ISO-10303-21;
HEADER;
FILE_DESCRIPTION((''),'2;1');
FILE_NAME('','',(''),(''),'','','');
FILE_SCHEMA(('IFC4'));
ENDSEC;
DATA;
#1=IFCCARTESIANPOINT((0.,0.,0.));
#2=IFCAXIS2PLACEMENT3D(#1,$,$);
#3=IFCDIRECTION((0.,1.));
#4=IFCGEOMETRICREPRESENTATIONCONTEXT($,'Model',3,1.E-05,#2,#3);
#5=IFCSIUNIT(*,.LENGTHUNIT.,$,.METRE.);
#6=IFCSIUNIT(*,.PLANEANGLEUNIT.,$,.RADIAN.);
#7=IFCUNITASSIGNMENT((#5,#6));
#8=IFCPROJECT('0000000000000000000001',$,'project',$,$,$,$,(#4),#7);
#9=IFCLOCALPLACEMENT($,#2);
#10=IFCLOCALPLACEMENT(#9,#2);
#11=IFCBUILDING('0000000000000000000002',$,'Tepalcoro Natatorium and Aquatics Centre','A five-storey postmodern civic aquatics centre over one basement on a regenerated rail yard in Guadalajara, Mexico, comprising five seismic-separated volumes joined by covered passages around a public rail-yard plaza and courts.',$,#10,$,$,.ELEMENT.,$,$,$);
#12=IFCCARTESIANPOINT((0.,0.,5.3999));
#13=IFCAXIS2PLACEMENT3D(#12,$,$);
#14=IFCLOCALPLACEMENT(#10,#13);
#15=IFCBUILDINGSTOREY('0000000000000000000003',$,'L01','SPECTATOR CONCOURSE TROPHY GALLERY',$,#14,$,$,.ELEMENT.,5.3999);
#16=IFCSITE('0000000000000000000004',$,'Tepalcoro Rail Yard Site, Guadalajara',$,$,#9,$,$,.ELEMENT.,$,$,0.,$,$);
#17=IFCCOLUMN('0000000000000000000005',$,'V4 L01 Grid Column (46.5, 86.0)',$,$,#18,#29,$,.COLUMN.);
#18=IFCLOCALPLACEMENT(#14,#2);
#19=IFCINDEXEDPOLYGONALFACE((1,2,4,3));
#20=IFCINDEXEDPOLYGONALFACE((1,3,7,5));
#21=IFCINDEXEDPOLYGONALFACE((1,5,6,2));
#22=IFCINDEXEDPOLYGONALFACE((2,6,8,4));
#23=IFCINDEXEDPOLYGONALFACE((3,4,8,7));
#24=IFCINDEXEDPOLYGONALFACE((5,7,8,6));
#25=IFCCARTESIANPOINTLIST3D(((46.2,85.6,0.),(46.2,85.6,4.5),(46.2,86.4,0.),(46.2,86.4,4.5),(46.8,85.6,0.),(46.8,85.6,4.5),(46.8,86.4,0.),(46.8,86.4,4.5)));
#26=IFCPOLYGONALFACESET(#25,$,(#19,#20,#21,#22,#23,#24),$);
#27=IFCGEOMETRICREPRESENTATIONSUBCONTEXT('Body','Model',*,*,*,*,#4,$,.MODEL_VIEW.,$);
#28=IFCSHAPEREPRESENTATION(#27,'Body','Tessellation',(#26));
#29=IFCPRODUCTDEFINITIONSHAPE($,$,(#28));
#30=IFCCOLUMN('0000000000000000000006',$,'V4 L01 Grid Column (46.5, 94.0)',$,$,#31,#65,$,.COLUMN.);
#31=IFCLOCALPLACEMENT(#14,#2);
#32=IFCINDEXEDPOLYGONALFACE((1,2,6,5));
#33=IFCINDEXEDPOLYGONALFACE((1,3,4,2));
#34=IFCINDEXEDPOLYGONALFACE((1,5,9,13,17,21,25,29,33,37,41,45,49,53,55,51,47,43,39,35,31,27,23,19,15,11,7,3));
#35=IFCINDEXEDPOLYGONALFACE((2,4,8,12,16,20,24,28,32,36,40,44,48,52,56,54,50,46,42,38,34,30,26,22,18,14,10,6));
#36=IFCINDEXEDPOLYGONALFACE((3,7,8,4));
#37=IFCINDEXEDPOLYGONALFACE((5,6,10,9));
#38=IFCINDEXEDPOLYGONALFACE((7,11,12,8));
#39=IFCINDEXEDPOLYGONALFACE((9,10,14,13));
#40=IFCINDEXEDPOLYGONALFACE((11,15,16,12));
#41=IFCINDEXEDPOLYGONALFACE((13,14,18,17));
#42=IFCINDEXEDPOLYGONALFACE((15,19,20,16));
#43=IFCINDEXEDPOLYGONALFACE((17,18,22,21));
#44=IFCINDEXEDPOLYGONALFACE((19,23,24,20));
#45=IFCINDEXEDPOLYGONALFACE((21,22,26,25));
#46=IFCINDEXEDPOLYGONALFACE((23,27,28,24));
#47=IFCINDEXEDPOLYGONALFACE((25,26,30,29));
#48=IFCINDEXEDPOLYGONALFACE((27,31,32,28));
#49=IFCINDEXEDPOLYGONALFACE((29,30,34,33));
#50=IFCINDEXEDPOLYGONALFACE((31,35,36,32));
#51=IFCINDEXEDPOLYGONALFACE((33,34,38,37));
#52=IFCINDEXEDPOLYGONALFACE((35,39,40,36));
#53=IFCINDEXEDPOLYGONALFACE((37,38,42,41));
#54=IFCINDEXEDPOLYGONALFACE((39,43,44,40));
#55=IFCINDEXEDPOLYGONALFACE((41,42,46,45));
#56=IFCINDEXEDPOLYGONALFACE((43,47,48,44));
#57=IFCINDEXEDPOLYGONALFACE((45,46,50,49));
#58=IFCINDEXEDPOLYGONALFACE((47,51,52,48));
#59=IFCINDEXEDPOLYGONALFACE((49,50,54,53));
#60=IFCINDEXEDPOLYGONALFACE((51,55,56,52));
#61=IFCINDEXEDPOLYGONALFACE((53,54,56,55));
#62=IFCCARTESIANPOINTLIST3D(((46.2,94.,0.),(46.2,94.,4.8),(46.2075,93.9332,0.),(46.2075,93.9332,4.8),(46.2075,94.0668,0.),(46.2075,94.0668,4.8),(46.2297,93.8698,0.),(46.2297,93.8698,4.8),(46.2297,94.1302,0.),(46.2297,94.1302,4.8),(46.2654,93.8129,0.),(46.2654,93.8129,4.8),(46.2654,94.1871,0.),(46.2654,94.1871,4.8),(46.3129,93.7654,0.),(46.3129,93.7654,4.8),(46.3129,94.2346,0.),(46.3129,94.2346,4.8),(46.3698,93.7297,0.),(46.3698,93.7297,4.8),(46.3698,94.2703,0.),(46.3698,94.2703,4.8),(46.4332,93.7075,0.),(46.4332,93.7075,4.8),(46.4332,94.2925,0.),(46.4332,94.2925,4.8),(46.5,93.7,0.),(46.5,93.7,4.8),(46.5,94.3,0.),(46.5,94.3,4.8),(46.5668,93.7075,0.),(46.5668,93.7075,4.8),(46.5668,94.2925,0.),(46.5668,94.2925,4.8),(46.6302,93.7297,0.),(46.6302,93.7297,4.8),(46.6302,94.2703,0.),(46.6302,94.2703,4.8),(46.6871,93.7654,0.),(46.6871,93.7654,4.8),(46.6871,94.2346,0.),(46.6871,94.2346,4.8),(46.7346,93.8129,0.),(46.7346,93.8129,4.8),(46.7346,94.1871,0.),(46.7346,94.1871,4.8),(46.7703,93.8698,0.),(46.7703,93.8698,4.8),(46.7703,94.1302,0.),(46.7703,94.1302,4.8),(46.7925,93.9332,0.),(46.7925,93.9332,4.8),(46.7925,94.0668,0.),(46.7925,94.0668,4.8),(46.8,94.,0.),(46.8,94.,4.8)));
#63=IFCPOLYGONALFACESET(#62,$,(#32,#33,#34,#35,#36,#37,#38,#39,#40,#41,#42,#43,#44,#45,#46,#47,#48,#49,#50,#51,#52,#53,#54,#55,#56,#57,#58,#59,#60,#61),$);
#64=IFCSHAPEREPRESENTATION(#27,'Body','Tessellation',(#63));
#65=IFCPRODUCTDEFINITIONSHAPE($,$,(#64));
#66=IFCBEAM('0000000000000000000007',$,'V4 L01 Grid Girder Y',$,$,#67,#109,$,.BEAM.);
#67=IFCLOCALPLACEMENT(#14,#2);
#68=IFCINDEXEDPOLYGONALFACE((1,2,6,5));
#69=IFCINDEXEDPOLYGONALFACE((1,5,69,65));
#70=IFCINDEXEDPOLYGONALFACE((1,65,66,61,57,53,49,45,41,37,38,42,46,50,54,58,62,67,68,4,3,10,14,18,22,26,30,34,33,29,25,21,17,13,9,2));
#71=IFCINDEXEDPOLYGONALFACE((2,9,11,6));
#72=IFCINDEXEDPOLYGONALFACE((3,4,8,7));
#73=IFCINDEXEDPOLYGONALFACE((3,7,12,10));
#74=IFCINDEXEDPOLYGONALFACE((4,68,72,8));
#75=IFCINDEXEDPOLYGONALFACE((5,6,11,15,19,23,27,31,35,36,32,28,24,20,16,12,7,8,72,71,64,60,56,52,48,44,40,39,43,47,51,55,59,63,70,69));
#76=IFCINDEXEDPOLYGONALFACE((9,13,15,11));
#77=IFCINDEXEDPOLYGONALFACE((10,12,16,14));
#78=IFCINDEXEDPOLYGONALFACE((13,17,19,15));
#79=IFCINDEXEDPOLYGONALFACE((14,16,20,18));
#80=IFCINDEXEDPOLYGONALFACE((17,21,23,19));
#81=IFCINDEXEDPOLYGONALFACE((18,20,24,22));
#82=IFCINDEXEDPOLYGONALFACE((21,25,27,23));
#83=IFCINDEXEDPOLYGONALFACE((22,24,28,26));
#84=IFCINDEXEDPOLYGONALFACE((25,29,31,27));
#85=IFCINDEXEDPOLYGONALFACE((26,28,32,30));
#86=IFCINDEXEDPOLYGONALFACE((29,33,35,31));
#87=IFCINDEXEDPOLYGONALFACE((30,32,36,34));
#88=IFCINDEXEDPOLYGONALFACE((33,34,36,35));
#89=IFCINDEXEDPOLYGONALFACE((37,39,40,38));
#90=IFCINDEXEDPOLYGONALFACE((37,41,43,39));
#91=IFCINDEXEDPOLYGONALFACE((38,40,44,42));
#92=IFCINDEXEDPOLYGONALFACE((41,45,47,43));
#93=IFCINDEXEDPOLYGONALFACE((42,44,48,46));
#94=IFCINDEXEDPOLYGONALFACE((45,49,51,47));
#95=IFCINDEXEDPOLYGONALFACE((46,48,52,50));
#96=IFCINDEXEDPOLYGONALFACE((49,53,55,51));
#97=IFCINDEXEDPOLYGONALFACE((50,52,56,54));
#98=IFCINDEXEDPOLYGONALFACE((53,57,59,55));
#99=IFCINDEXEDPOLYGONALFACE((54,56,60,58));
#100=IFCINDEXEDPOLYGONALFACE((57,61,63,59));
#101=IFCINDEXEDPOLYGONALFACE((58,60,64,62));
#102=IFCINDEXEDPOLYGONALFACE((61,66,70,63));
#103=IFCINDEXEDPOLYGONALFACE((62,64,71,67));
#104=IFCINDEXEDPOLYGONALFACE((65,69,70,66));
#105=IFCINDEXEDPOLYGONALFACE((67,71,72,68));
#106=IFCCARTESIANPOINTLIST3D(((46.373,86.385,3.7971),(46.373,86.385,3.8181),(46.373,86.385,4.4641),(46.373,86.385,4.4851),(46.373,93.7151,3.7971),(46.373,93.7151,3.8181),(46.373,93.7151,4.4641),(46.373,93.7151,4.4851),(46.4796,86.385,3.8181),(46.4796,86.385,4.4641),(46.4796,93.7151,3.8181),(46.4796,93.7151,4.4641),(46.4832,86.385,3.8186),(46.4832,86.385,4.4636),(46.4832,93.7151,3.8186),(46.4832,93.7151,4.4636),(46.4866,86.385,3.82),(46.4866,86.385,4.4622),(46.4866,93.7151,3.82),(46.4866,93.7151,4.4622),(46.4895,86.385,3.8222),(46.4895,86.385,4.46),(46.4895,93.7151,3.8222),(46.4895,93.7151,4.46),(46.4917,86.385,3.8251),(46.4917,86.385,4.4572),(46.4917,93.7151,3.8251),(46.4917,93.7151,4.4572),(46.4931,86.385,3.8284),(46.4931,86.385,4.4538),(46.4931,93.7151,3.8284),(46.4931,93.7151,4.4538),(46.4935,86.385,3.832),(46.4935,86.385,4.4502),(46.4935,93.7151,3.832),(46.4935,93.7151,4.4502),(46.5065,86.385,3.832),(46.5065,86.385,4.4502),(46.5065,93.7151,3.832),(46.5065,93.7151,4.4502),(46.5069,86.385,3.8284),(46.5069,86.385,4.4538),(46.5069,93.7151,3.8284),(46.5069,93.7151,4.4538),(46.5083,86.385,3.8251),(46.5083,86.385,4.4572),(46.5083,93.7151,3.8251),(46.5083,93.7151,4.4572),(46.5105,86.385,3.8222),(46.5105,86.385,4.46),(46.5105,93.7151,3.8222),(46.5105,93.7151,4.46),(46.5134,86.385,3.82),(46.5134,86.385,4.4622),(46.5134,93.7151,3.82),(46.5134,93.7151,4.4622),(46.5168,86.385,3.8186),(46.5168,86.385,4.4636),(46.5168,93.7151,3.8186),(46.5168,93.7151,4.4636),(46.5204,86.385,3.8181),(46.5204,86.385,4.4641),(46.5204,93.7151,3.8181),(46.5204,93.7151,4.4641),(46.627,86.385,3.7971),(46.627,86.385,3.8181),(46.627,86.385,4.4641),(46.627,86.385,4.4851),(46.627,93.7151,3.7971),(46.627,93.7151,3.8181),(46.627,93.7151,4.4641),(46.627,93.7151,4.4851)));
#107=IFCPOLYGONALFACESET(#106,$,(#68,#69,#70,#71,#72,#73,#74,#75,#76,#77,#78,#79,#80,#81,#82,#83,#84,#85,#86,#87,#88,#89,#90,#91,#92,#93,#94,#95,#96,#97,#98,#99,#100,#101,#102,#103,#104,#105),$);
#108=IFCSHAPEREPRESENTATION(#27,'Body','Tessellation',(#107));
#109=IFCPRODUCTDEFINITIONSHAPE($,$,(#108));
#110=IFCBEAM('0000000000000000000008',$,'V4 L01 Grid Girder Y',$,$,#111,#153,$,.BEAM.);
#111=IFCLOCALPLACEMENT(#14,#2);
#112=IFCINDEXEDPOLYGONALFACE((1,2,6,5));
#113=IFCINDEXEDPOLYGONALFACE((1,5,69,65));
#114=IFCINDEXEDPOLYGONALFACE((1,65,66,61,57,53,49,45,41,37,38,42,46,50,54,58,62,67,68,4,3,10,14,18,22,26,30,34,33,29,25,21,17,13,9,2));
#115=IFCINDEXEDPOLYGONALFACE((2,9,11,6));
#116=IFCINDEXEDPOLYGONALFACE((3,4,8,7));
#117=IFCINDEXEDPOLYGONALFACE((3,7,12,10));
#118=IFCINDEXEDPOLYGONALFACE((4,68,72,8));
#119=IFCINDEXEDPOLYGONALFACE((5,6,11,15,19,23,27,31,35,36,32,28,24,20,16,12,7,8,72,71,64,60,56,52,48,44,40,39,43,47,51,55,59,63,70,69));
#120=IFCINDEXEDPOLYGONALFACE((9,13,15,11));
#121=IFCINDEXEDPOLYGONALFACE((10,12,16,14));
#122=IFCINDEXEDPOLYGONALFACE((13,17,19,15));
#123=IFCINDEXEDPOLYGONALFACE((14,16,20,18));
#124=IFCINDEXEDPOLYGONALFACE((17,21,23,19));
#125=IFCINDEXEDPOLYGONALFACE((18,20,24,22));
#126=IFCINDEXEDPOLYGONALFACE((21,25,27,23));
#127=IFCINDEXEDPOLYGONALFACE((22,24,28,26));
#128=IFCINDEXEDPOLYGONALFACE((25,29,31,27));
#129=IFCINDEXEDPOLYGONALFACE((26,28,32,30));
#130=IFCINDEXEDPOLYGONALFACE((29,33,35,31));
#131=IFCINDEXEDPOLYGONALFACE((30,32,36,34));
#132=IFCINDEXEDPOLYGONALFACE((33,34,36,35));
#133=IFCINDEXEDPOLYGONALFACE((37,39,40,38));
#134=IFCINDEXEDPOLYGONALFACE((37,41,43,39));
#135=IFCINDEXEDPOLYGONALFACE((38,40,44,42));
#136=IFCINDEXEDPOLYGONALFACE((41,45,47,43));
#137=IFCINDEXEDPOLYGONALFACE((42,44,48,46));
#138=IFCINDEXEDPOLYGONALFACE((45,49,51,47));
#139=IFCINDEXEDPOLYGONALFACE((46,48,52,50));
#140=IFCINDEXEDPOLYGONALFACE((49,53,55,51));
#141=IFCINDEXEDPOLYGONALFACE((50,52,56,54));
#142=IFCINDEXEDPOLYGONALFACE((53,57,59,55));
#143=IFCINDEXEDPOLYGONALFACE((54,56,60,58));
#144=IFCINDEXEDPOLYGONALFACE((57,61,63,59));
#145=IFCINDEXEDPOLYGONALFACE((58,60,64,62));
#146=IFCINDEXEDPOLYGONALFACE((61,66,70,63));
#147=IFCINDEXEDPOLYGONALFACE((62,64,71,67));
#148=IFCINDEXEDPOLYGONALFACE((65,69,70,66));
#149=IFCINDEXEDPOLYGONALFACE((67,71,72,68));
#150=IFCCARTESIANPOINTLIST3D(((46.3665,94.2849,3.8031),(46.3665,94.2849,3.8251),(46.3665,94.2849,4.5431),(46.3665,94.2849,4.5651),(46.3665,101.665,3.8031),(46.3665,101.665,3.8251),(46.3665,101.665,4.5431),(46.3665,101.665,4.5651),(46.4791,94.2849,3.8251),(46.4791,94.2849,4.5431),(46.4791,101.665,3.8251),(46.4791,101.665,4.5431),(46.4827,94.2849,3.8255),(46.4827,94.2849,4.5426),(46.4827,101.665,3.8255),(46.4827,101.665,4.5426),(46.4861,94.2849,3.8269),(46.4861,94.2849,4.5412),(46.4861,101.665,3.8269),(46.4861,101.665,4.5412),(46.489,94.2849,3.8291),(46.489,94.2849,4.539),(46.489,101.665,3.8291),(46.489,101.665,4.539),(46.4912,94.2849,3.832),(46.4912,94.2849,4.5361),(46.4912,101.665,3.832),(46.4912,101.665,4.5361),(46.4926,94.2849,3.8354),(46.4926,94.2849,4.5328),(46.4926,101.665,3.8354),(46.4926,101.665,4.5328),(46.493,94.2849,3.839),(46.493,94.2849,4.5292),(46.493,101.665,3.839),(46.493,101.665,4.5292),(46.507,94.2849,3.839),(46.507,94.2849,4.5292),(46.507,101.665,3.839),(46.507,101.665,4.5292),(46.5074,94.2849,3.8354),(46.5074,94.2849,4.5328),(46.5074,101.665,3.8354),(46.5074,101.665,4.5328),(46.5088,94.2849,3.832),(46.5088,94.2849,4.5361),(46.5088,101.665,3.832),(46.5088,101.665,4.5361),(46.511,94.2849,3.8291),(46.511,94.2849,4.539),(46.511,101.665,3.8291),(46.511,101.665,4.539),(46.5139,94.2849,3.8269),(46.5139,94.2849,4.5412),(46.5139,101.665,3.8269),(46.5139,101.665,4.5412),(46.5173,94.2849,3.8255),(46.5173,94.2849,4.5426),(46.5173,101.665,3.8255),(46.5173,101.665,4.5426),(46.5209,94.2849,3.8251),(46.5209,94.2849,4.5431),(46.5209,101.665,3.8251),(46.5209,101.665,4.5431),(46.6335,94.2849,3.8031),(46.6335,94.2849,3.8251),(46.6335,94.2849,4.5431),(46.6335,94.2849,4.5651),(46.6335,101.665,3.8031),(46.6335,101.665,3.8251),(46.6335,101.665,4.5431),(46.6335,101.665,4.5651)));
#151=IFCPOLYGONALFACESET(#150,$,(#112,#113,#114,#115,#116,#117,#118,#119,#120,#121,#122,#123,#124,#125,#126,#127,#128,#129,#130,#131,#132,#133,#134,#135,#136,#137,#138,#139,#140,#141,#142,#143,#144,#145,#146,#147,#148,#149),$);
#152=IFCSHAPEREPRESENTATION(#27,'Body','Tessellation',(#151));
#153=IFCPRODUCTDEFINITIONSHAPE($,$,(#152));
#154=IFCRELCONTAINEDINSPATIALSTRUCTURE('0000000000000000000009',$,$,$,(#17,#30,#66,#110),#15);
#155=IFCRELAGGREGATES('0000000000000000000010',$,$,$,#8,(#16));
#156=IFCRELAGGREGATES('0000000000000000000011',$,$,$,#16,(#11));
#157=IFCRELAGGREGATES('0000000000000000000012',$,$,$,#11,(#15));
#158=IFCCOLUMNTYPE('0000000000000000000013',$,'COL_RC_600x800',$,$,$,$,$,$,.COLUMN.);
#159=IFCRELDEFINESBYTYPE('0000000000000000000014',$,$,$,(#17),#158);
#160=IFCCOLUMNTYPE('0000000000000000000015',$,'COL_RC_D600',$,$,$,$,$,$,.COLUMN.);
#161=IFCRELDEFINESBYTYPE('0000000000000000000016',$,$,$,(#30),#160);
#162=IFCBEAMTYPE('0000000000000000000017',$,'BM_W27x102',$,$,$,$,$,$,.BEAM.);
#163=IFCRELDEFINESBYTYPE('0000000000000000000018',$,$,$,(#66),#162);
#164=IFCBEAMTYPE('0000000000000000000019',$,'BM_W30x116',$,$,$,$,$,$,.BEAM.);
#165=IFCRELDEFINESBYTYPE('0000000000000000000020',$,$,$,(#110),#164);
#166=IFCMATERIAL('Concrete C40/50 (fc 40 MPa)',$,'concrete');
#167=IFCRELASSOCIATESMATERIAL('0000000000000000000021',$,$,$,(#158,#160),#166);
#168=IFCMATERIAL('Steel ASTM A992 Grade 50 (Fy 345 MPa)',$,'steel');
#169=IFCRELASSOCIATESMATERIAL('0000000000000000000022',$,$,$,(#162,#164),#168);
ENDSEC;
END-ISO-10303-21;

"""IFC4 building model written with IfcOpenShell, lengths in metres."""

from ifc_helpers import new_model, si_unit, direction, frame, origin, origin_2d, place, context, subcontext, project, spatial, rectangle, circle, i_section, extrude, material, material_profile, profile_set, type_object, element, save


model = new_model("IFC4")

# Units and contexts
model_context = context("Model", 3, precision=1e-05, world=origin(), true_north=direction((0.0, 1.0)))
body_context = subcontext(model_context, "Body", "Model", "MODEL_VIEW")
ifc_project = project(units=[si_unit("LENGTHUNIT", "METRE"), si_unit("PLANEANGLEUNIT", "RADIAN")], contexts=[model_context])

# Site, building, storey
site_placement = place(None, origin())
site = spatial("IfcSite", under=ifc_project, at=site_placement, Name="Tepalcoro Rail Yard Site, Guadalajara", CompositionType="ELEMENT", RefElevation=0.0)
building_placement = place(site_placement, origin())
building = spatial("IfcBuilding", under=site, at=building_placement, Name="Tepalcoro Natatorium and Aquatics Centre", Description="A five-storey postmodern civic aquatics centre over one basement on a regenerated rail yard in Guadalajara, Mexico, comprising five seismic-separated volumes joined by covered passages around a public rail-yard plaza and courts.", CompositionType="ELEMENT")
storey_placement = place(building_placement, frame((0.0, 0.0, 5.3999)))
storey = spatial("IfcBuildingStorey", under=building, at=storey_placement, Name="L01", Description="SPECTATOR CONCOURSE TROPHY GALLERY", CompositionType="ELEMENT", Elevation=5.3999)

# Columns
ifc_material_1 = material(Name="Concrete C40/50 (fc 40 MPa)", Category="concrete")
ifc_material_profile_1 = material_profile(ifc_material_1, rectangle(XDim=0.6001, YDim=0.8, at=origin_2d()), Name="RC600x800")
ifc_profile_set_1 = profile_set([ifc_material_profile_1], Name="Concrete C40/50 (fc 40 MPa)")
column_type_1 = type_object("IfcColumnType", Name="COL_RC_600x800", PredefinedType="COLUMN", material=ifc_profile_set_1)
column_1_placement = place(storey_placement, frame((46.5, 86.0, 0.0), z_axis=(0.0, 0.0, 1.0), x_axis=(1.0, 0.0, 0.0)))
element("IfcColumn", 1, at=column_1_placement, inside=storey, type_object=column_type_1, Name="V4 L01 Grid Column (46.5, 86.0)", PredefinedType="COLUMN", context=body_context, shape_type="SweptSolid", body=[
    extrude(rectangle(XDim=0.6001, YDim=0.8, at=origin_2d()), origin(), (0.0, 0.0, 1.0), 4.5),
])
ifc_material_profile_2 = material_profile(ifc_material_1, circle(Radius=0.3, at=origin_2d()), Name="RCD600")
ifc_profile_set_2 = profile_set([ifc_material_profile_2], Name="Concrete C40/50 (fc 40 MPa)")
column_type_2 = type_object("IfcColumnType", Name="COL_RC_D600", PredefinedType="COLUMN", material=ifc_profile_set_2)
column_2_placement = place(storey_placement, frame((46.5, 94.0, 0.0), z_axis=(0.0, 0.0, 1.0), x_axis=(1.0, 0.0, 0.0)))
element("IfcColumn", 2, at=column_2_placement, inside=storey, type_object=column_type_2, Name="V4 L01 Grid Column (46.5, 94.0)", PredefinedType="COLUMN", context=body_context, shape_type="SweptSolid", body=[
    extrude(circle(Radius=0.3, at=origin_2d()), origin(), (0.0, 0.0, 1.0), 4.8),
])

# Beams
ifc_material_2 = material(Name="Steel ASTM A992 Grade 50 (Fy 345 MPa)", Category="steel")
ifc_material_profile_3 = material_profile(ifc_material_2, i_section(OverallWidth=0.2539, OverallDepth=0.688, WebThickness=0.0129, FlangeThickness=0.021, FilletRadius=0.0139, at=origin_2d()), Name="W27X102")
ifc_profile_set_3 = profile_set([ifc_material_profile_3], Name="Steel ASTM A992 Grade 50 (Fy 345 MPa)")
beam_type_1 = type_object("IfcBeamType", Name="BM_W27x102", PredefinedType="BEAM", material=ifc_profile_set_3)
beam_1_placement = place(storey_placement, frame((46.5, 86.385, 4.1411), z_axis=(0.0, 1.0, 0.0), x_axis=(-1.0, 0.0, 0.0)))
element("IfcBeam", 3, at=beam_1_placement, inside=storey, type_object=beam_type_1, Name="V4 L01 Grid Girder Y", PredefinedType="BEAM", context=body_context, shape_type="SweptSolid", body=[
    extrude(i_section(OverallWidth=0.2539, OverallDepth=0.688, WebThickness=0.0129, FlangeThickness=0.021, FilletRadius=0.0139, at=origin_2d()), origin(), (0.0, 0.0, 1.0), 7.3301),
])
ifc_material_profile_4 = material_profile(ifc_material_2, i_section(OverallWidth=0.2671, OverallDepth=0.762, WebThickness=0.0139, FlangeThickness=0.022, FilletRadius=0.0139, at=origin_2d()), Name="W30X116")
ifc_profile_set_4 = profile_set([ifc_material_profile_4], Name="Steel ASTM A992 Grade 50 (Fy 345 MPa)")
beam_type_2 = type_object("IfcBeamType", Name="BM_W30x116", PredefinedType="BEAM", material=ifc_profile_set_4)
beam_2_placement = place(storey_placement, frame((46.5, 94.2849, 4.1841), z_axis=(0.0, 1.0, 0.0), x_axis=(-1.0, 0.0, 0.0)))
element("IfcBeam", 4, at=beam_2_placement, inside=storey, type_object=beam_type_2, Name="V4 L01 Grid Girder Y", PredefinedType="BEAM", context=body_context, shape_type="SweptSolid", body=[
    extrude(i_section(OverallWidth=0.2671, OverallDepth=0.762, WebThickness=0.0139, FlangeThickness=0.022, FilletRadius=0.0139, at=origin_2d()), origin(), (0.0, 0.0, 1.0), 7.3801),
])

save(model, "model.ifc")
